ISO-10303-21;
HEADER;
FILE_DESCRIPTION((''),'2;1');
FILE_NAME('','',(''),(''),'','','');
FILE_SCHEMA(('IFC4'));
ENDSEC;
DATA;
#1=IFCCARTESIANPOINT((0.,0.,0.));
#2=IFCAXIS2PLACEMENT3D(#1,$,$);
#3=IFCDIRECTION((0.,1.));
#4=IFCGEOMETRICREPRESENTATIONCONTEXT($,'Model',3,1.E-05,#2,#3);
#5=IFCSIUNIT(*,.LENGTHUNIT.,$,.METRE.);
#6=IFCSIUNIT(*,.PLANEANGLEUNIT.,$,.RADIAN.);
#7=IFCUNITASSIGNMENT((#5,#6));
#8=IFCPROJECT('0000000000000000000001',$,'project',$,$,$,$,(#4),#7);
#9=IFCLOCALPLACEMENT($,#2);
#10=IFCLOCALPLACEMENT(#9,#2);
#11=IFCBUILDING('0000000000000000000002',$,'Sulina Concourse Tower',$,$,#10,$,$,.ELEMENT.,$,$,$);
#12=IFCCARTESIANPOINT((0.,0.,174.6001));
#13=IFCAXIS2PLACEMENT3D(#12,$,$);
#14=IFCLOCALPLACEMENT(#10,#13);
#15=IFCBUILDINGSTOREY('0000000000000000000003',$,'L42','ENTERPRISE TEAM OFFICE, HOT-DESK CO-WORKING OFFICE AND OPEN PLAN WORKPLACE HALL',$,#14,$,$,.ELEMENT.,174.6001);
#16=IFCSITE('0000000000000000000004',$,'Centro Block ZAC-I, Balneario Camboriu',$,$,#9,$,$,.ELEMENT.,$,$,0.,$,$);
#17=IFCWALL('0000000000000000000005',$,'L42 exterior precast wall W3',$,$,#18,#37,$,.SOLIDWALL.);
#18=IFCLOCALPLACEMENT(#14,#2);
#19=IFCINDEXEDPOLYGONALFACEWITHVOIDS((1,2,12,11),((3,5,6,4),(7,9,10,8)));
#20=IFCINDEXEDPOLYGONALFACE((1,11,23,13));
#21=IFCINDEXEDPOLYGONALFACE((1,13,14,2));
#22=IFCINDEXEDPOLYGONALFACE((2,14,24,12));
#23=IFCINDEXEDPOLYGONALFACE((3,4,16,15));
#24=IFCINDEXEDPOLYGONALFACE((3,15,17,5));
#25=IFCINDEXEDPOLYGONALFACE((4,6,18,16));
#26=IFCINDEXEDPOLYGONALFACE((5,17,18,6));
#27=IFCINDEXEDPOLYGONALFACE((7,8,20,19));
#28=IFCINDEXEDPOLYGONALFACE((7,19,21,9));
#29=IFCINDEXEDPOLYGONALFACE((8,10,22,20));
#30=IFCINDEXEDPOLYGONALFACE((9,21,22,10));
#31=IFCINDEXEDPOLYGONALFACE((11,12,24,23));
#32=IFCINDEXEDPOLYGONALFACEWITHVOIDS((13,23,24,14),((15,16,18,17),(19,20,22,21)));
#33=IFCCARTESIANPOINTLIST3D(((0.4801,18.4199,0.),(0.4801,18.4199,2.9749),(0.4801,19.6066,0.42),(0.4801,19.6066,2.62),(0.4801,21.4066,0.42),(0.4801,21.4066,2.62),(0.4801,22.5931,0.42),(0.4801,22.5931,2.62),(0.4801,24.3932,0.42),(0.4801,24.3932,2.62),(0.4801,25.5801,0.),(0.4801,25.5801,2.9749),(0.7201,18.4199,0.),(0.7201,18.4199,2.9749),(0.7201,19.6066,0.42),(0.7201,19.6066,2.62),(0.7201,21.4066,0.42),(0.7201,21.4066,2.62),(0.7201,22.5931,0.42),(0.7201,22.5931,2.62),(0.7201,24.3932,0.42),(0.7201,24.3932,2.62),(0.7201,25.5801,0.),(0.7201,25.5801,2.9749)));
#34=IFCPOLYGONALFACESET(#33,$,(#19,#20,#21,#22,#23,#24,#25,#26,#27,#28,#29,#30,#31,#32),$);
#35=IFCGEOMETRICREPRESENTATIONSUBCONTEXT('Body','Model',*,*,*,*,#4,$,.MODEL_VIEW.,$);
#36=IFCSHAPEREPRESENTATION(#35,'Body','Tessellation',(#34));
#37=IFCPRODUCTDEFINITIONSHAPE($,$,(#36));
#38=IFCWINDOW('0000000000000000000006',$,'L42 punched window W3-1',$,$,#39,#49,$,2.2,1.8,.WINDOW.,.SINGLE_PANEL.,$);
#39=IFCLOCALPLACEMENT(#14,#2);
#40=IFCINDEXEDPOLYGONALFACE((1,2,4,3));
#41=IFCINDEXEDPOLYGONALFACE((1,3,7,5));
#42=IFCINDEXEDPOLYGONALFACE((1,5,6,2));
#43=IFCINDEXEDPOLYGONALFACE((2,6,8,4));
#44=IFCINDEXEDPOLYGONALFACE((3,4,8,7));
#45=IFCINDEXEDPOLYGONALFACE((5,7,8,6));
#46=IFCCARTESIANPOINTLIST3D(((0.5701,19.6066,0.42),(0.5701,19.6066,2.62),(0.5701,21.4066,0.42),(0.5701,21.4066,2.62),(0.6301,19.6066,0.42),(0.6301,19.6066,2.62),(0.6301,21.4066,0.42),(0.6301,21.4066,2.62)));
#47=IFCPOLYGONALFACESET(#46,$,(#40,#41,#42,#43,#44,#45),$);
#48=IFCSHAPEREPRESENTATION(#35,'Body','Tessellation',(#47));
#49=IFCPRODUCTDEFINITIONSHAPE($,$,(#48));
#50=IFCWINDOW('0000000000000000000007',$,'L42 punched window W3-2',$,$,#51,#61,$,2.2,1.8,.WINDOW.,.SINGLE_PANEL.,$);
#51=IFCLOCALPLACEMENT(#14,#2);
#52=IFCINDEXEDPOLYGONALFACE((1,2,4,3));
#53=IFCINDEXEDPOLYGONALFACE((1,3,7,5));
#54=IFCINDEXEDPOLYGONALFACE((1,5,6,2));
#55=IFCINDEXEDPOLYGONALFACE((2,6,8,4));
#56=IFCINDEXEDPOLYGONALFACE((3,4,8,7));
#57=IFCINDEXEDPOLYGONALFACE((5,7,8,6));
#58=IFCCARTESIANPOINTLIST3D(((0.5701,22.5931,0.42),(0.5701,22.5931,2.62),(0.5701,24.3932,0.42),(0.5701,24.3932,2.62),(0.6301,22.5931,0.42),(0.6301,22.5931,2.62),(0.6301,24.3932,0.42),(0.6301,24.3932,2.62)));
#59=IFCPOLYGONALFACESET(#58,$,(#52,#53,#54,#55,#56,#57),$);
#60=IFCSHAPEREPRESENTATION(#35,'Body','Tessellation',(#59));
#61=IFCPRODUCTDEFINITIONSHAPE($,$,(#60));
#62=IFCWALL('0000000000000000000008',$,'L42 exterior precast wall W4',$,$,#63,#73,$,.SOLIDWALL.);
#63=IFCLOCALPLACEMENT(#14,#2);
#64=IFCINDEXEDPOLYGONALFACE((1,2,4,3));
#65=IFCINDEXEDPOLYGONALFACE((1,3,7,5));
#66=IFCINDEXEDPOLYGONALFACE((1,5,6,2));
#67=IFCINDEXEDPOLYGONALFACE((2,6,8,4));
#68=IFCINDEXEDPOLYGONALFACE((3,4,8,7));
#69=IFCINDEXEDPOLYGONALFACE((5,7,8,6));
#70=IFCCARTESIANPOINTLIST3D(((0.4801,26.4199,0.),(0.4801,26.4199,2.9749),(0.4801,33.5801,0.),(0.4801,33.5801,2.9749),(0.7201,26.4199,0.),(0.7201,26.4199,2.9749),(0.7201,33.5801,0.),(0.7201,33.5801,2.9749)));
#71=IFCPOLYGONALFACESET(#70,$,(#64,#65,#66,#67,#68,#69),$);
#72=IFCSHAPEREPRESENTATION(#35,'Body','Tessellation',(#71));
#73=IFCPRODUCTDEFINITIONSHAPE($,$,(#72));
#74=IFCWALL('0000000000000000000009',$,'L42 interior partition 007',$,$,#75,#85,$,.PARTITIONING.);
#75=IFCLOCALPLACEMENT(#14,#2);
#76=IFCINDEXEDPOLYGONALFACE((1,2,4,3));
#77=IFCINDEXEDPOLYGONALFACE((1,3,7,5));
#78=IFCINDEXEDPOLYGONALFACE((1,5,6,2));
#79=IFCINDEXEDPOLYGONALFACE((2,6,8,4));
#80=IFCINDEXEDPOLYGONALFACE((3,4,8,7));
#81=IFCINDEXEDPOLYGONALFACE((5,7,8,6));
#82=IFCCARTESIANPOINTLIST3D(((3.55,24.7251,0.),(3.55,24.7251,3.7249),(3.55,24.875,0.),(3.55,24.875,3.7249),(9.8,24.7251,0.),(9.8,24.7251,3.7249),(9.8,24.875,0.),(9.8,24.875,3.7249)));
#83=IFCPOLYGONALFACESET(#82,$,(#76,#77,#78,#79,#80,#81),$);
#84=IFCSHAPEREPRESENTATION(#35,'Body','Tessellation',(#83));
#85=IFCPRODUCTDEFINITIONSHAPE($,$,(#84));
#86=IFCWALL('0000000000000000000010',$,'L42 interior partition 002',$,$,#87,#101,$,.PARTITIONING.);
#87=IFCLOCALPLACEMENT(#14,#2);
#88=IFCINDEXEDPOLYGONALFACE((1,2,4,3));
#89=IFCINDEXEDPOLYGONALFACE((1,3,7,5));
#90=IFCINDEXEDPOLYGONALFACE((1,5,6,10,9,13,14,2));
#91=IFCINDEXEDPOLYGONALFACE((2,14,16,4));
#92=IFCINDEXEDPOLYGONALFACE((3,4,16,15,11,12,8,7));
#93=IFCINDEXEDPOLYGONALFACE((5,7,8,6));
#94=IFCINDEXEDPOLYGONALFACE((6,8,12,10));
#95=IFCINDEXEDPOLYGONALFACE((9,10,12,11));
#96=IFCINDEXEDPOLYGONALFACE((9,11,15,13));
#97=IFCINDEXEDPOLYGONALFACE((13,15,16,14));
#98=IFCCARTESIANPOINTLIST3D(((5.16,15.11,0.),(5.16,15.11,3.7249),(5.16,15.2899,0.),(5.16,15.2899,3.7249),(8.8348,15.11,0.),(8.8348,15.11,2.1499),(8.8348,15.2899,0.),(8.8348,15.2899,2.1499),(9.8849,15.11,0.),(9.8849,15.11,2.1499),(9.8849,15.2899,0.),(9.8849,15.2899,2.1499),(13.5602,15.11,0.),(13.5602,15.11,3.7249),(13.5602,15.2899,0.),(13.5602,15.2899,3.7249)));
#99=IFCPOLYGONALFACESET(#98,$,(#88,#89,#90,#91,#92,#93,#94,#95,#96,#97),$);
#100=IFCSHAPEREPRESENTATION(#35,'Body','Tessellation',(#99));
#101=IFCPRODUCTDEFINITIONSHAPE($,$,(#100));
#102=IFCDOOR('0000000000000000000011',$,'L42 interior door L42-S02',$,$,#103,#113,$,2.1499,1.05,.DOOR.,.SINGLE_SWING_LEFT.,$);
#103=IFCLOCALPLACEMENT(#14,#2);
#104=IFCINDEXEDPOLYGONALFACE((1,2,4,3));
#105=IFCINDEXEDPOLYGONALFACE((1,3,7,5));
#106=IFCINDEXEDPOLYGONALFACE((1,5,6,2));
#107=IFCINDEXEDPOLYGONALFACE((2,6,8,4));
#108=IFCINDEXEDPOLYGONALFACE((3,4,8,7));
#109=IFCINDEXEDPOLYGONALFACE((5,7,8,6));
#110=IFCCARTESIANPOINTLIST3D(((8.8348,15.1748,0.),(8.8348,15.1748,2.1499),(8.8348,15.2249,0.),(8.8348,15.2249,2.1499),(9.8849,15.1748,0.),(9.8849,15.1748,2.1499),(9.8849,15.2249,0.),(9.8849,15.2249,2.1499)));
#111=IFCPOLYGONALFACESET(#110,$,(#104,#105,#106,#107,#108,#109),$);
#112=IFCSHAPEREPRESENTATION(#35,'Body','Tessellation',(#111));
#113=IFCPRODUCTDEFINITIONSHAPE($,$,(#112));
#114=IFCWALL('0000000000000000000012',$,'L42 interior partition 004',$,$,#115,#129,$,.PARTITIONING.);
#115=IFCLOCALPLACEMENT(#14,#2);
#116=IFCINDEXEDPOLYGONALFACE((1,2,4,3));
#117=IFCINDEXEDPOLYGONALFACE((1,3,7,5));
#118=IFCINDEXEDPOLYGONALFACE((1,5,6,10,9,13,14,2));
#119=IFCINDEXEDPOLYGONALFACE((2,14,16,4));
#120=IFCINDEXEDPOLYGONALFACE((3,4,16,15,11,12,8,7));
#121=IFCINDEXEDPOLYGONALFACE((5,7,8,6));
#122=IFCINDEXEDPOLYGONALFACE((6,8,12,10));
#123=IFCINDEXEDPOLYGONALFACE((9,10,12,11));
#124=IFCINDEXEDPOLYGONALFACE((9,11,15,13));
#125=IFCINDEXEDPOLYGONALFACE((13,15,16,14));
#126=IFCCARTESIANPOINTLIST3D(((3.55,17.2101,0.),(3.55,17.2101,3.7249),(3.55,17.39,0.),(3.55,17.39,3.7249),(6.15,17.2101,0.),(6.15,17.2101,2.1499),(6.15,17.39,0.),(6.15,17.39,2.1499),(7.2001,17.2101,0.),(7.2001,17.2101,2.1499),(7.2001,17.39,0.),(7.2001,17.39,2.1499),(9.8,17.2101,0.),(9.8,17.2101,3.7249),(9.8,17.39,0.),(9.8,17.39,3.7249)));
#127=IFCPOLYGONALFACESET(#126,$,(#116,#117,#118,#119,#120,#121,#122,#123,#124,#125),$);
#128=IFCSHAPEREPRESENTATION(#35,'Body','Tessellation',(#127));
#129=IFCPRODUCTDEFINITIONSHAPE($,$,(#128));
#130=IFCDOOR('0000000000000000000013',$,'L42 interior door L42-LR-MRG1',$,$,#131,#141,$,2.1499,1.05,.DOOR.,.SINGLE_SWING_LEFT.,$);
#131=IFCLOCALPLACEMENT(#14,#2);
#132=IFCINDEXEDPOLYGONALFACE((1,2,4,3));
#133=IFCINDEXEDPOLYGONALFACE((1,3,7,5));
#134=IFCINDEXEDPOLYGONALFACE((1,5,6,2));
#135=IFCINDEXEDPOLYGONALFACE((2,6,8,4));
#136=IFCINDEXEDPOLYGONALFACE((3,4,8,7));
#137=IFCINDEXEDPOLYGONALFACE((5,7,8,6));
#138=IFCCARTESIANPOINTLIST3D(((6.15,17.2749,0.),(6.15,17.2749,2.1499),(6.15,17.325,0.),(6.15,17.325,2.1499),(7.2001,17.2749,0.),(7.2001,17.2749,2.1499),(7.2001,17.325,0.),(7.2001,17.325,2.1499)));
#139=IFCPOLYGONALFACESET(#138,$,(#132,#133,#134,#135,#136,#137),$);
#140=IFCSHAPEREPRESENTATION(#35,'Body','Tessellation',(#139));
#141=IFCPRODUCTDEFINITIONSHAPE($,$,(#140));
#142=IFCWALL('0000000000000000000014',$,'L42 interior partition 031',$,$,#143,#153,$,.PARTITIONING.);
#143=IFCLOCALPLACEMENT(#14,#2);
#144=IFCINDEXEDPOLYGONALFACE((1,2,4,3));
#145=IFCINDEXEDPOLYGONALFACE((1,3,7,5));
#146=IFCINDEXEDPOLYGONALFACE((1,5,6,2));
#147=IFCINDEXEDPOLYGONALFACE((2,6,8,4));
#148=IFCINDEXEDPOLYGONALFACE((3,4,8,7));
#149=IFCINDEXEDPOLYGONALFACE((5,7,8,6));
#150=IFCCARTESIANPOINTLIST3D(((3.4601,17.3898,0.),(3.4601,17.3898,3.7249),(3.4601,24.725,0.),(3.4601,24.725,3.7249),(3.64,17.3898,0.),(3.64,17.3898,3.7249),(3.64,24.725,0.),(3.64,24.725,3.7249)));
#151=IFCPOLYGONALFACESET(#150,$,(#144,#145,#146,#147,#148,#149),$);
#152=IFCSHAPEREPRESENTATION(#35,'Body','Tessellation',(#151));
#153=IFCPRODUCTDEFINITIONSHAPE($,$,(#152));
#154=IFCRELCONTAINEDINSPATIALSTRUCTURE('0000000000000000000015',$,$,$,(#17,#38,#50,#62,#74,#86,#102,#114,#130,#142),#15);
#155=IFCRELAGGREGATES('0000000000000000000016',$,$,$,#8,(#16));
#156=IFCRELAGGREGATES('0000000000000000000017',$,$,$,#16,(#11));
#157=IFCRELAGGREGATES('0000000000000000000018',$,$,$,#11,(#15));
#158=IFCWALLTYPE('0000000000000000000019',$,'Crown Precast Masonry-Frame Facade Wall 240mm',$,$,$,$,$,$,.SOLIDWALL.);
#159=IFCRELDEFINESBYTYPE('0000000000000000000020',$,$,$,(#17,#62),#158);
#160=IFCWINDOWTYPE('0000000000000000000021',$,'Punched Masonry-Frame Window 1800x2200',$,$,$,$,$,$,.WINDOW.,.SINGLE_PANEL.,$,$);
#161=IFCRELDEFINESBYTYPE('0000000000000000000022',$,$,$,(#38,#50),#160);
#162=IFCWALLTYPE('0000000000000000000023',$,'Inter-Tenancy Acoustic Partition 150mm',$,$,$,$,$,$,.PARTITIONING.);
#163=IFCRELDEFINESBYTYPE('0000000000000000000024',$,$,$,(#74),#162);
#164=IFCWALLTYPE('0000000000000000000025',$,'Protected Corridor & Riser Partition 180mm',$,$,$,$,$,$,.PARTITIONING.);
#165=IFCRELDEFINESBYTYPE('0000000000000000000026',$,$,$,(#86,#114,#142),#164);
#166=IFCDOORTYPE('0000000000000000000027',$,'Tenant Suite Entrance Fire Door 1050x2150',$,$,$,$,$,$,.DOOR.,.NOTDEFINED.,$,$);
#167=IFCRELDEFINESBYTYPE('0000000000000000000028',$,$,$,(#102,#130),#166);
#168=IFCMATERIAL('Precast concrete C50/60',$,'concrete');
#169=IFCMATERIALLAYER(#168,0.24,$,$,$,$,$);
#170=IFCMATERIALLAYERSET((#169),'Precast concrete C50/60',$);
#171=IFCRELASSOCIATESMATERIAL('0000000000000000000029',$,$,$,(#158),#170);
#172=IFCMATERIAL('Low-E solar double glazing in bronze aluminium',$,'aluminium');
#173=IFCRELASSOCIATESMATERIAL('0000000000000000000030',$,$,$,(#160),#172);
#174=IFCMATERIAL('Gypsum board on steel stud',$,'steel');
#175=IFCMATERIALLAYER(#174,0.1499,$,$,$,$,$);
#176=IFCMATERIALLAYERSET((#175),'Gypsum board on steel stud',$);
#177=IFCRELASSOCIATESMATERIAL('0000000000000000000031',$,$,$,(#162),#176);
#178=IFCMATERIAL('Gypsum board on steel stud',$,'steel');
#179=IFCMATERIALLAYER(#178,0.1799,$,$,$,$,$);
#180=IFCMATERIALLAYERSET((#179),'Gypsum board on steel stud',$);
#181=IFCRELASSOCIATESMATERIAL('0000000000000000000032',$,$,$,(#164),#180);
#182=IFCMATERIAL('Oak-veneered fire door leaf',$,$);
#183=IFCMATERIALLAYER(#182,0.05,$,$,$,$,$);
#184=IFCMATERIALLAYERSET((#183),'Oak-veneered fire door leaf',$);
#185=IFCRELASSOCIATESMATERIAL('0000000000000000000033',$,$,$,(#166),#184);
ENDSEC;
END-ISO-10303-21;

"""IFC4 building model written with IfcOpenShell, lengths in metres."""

from ifc_helpers import new_model, si_unit, direction, frame, frame_2d, origin, place, context, subcontext, project, spatial, rectangle, extrude, material, layer, layer_set, type_object, element, fill, save


model = new_model("IFC4")

# Units and contexts
model_context = context("Model", 3, precision=1e-05, world=origin(), true_north=direction((0.0, 1.0)))
body_context = subcontext(model_context, "Body", "Model", "MODEL_VIEW")
ifc_project = project(units=[si_unit("LENGTHUNIT", "METRE"), si_unit("PLANEANGLEUNIT", "RADIAN")], contexts=[model_context])

# Site, building, storey
site_placement = place(None, origin())
site = spatial("IfcSite", under=ifc_project, at=site_placement, Name="Centro Block ZAC-I, Balneario Camboriu", CompositionType="ELEMENT", RefElevation=0.0)
building_placement = place(site_placement, origin())
building = spatial("IfcBuilding", under=site, at=building_placement, Name="Sulina Concourse Tower", CompositionType="ELEMENT")
storey_placement = place(building_placement, frame((0.0, 0.0, 174.6001)))
storey = spatial("IfcBuildingStorey", under=building, at=storey_placement, Name="L42", Description="ENTERPRISE TEAM OFFICE, HOT-DESK CO-WORKING OFFICE AND OPEN PLAN WORKPLACE HALL", CompositionType="ELEMENT", Elevation=174.6001)

# Wall, openings, windows
ifc_material_1 = material(Name="Precast concrete C50/60", Category="concrete")
ifc_layer_1 = layer(ifc_material_1, 0.24)
ifc_layer_set_1 = layer_set([ifc_layer_1], Name="Precast concrete C50/60")
wall_type_1 = type_object("IfcWallType", Name="Crown Precast Masonry-Frame Facade Wall 240mm", PredefinedType="SOLIDWALL", material=ifc_layer_set_1)
wall_1_placement = place(storey_placement, frame((0.6001, 18.4199, 0.0), z_axis=(0.0, 0.0, 1.0), x_axis=(0.0, 1.0, 0.0)))
wall_1 = element("IfcWall", 1, at=wall_1_placement, inside=storey, type_object=wall_type_1, Name="L42 exterior precast wall W3", PredefinedType="SOLIDWALL", context=body_context, shape_type="SweptSolid", body=[
    extrude(rectangle(XDim=7.1602, YDim=0.24, at=frame_2d((3.5801, 0.0))), origin(), (0.0, 0.0, 1.0), 2.9749),
])
opening_1_placement = place(wall_1_placement, frame((1.1868, 0.0, 0.4199)))
opening_1 = element("IfcOpeningElement", 2, at=opening_1_placement, cuts=wall_1, PredefinedType="OPENING", context=body_context, shape_type="SweptSolid", body=[
    extrude(rectangle(XDim=1.8, YDim=2.2, at=frame_2d((0.8999, 1.1001))), frame((0.0, 0.1299, 0.0), z_axis=(0.0, -1.0, 0.0), x_axis=(1.0, 0.0, 0.0)), (0.0, 0.0, 1.0), 0.26),
])
opening_2_placement = place(wall_1_placement, frame((4.1733, 0.0, 0.4199)))
opening_2 = element("IfcOpeningElement", 3, at=opening_2_placement, cuts=wall_1, PredefinedType="OPENING", context=body_context, shape_type="SweptSolid", body=[
    extrude(rectangle(XDim=1.8, YDim=2.2, at=frame_2d((0.8999, 1.1001))), frame((0.0, 0.1299, 0.0), z_axis=(0.0, -1.0, 0.0), x_axis=(1.0, 0.0, 0.0)), (0.0, 0.0, 1.0), 0.26),
])
ifc_material_2 = material(Name="Low-E solar double glazing in bronze aluminium", Category="aluminium")
window_type = type_object("IfcWindowType", Name="Punched Masonry-Frame Window 1800x2200", PartitioningType="SINGLE_PANEL", PredefinedType="WINDOW", material=ifc_material_2)
window_1_placement = place(opening_1_placement, origin())
window_1 = element("IfcWindow", 4, at=window_1_placement, inside=storey, type_object=window_type, Name="L42 punched window W3-1", OverallHeight=2.2, OverallWidth=1.8, PartitioningType="SINGLE_PANEL", PredefinedType="WINDOW", context=body_context, shape_type="SweptSolid", body=[
    extrude(rectangle(XDim=1.8, YDim=2.2, at=frame_2d((0.8999, 1.1001))), frame((0.0, 0.03, 0.0), z_axis=(0.0, -1.0, 0.0), x_axis=(1.0, 0.0, 0.0)), (0.0, 0.0, 1.0), 0.0601),
])
fill(opening_1, window_1)
window_2_placement = place(opening_2_placement, origin())
window_2 = element("IfcWindow", 5, at=window_2_placement, inside=storey, type_object=window_type, Name="L42 punched window W3-2", OverallHeight=2.2, OverallWidth=1.8, PartitioningType="SINGLE_PANEL", PredefinedType="WINDOW", context=body_context, shape_type="SweptSolid", body=[
    extrude(rectangle(XDim=1.8, YDim=2.2, at=frame_2d((0.8999, 1.1001))), frame((0.0, 0.03, 0.0), z_axis=(0.0, -1.0, 0.0), x_axis=(1.0, 0.0, 0.0)), (0.0, 0.0, 1.0), 0.0601),
])
fill(opening_2, window_2)

# Walls
wall_2_placement = place(storey_placement, frame((0.6001, 26.4199, 0.0), z_axis=(0.0, 0.0, 1.0), x_axis=(0.0, 1.0, 0.0)))
element("IfcWall", 6, at=wall_2_placement, inside=storey, type_object=wall_type_1, Name="L42 exterior precast wall W4", PredefinedType="SOLIDWALL", context=body_context, shape_type="SweptSolid", body=[
    extrude(rectangle(XDim=7.1602, YDim=0.24, at=frame_2d((3.5801, 0.0))), origin(), (0.0, 0.0, 1.0), 2.9749),
])
ifc_material_3 = material(Name="Gypsum board on steel stud", Category="steel")
ifc_layer_2 = layer(ifc_material_3, 0.1499)
ifc_layer_set_2 = layer_set([ifc_layer_2], Name="Gypsum board on steel stud")
wall_type_2 = type_object("IfcWallType", Name="Inter-Tenancy Acoustic Partition 150mm", PredefinedType="PARTITIONING", material=ifc_layer_set_2)
wall_3_placement = place(storey_placement, frame((3.55, 24.8, 0.0), z_axis=(0.0, 0.0, 1.0), x_axis=(1.0, 0.0, 0.0)))
element("IfcWall", 7, at=wall_3_placement, inside=storey, type_object=wall_type_2, Name="L42 interior partition 007", PredefinedType="PARTITIONING", context=body_context, shape_type="SweptSolid", body=[
    extrude(rectangle(XDim=6.25, YDim=0.1499, at=frame_2d((3.125, 0.0))), origin(), (0.0, 0.0, 1.0), 3.7249),
])

# Walls, openings, doors
ifc_material_4 = material(Name="Gypsum board on steel stud", Category="steel")
ifc_layer_3 = layer(ifc_material_4, 0.1799)
ifc_layer_set_3 = layer_set([ifc_layer_3], Name="Gypsum board on steel stud")
wall_type_3 = type_object("IfcWallType", Name="Protected Corridor & Riser Partition 180mm", PredefinedType="PARTITIONING", material=ifc_layer_set_3)
wall_4_placement = place(storey_placement, frame((5.1599, 15.2, 0.0), z_axis=(0.0, 0.0, 1.0), x_axis=(1.0, 0.0, 0.0)))
wall_4 = element("IfcWall", 8, at=wall_4_placement, inside=storey, type_object=wall_type_3, Name="L42 interior partition 002", PredefinedType="PARTITIONING", context=body_context, shape_type="SweptSolid", body=[
    extrude(rectangle(XDim=8.4001, YDim=0.1799, at=frame_2d((4.2002, 0.0))), origin(), (0.0, 0.0, 1.0), 3.7249),
])
opening_3_placement = place(wall_4_placement, frame((3.675, 0.0, 0.0)))
opening_3 = element("IfcOpeningElement", 9, at=opening_3_placement, cuts=wall_4, PredefinedType="OPENING", context=body_context, shape_type="SweptSolid", body=[
    extrude(rectangle(XDim=1.05, YDim=2.1499, at=frame_2d((0.5249, 1.075))), frame((0.0, 0.0999, 0.0), z_axis=(0.0, -1.0, 0.0), x_axis=(1.0, 0.0, 0.0)), (0.0, 0.0, 1.0), 0.2),
])
ifc_material_5 = material(Name="Oak-veneered fire door leaf")
ifc_layer_4 = layer(ifc_material_5, 0.05)
ifc_layer_set_4 = layer_set([ifc_layer_4], Name="Oak-veneered fire door leaf")
door_type_1 = type_object("IfcDoorType", Name="Tenant Suite Entrance Fire Door 1050x2150", OperationType="NOTDEFINED", PredefinedType="DOOR", material=ifc_layer_set_4)
door_1_placement = place(opening_3_placement, origin())
door_1 = element("IfcDoor", 10, at=door_1_placement, inside=storey, type_object=door_type_1, Name="L42 interior door L42-S02", OperationType="SINGLE_SWING_LEFT", OverallHeight=2.1499, OverallWidth=1.05, PredefinedType="DOOR", context=body_context, shape_type="SweptSolid", body=[
    extrude(rectangle(XDim=1.05, YDim=2.1499, at=frame_2d((0.5249, 1.075))), frame((0.0, 0.0249, 0.0), z_axis=(0.0, -1.0, 0.0), x_axis=(1.0, 0.0, 0.0)), (0.0, 0.0, 1.0), 0.05),
])
fill(opening_3, door_1)
wall_5_placement = place(storey_placement, frame((3.55, 17.3, 0.0), z_axis=(0.0, 0.0, 1.0), x_axis=(1.0, 0.0, 0.0)))
wall_5 = element("IfcWall", 11, at=wall_5_placement, inside=storey, type_object=wall_type_3, Name="L42 interior partition 004", PredefinedType="PARTITIONING", context=body_context, shape_type="SweptSolid", body=[
    extrude(rectangle(XDim=6.25, YDim=0.1799, at=frame_2d((3.125, 0.0))), origin(), (0.0, 0.0, 1.0), 3.7249),
])
opening_4_placement = place(wall_5_placement, frame((2.6001, 0.0, 0.0)))
opening_4 = element("IfcOpeningElement", 12, at=opening_4_placement, cuts=wall_5, PredefinedType="OPENING", context=body_context, shape_type="SweptSolid", body=[
    extrude(rectangle(XDim=1.05, YDim=2.1499, at=frame_2d((0.5249, 1.075))), frame((0.0, 0.0999, 0.0), z_axis=(0.0, -1.0, 0.0), x_axis=(1.0, 0.0, 0.0)), (0.0, 0.0, 1.0), 0.2),
])
door_2_placement = place(opening_4_placement, origin())
door_2 = element("IfcDoor", 13, at=door_2_placement, inside=storey, type_object=door_type_1, Name="L42 interior door L42-LR-MRG1", OperationType="SINGLE_SWING_LEFT", OverallHeight=2.1499, OverallWidth=1.05, PredefinedType="DOOR", context=body_context, shape_type="SweptSolid", body=[
    extrude(rectangle(XDim=1.05, YDim=2.1499, at=frame_2d((0.5249, 1.075))), frame((0.0, 0.0249, 0.0), z_axis=(0.0, -1.0, 0.0), x_axis=(1.0, 0.0, 0.0)), (0.0, 0.0, 1.0), 0.05),
])
fill(opening_4, door_2)

# Wall
wall_6_placement = place(storey_placement, frame((3.55, 17.3899, 0.0), z_axis=(0.0, 0.0, 1.0), x_axis=(0.0, 1.0, 0.0)))
element("IfcWall", 14, at=wall_6_placement, inside=storey, type_object=wall_type_3, Name="L42 interior partition 031", PredefinedType="PARTITIONING", context=body_context, shape_type="SweptSolid", body=[
    extrude(rectangle(XDim=7.3352, YDim=0.1799, at=frame_2d((3.6675, 0.0))), origin(), (0.0, 0.0, 1.0), 3.7249),
])

save(model, "model.ifc")
